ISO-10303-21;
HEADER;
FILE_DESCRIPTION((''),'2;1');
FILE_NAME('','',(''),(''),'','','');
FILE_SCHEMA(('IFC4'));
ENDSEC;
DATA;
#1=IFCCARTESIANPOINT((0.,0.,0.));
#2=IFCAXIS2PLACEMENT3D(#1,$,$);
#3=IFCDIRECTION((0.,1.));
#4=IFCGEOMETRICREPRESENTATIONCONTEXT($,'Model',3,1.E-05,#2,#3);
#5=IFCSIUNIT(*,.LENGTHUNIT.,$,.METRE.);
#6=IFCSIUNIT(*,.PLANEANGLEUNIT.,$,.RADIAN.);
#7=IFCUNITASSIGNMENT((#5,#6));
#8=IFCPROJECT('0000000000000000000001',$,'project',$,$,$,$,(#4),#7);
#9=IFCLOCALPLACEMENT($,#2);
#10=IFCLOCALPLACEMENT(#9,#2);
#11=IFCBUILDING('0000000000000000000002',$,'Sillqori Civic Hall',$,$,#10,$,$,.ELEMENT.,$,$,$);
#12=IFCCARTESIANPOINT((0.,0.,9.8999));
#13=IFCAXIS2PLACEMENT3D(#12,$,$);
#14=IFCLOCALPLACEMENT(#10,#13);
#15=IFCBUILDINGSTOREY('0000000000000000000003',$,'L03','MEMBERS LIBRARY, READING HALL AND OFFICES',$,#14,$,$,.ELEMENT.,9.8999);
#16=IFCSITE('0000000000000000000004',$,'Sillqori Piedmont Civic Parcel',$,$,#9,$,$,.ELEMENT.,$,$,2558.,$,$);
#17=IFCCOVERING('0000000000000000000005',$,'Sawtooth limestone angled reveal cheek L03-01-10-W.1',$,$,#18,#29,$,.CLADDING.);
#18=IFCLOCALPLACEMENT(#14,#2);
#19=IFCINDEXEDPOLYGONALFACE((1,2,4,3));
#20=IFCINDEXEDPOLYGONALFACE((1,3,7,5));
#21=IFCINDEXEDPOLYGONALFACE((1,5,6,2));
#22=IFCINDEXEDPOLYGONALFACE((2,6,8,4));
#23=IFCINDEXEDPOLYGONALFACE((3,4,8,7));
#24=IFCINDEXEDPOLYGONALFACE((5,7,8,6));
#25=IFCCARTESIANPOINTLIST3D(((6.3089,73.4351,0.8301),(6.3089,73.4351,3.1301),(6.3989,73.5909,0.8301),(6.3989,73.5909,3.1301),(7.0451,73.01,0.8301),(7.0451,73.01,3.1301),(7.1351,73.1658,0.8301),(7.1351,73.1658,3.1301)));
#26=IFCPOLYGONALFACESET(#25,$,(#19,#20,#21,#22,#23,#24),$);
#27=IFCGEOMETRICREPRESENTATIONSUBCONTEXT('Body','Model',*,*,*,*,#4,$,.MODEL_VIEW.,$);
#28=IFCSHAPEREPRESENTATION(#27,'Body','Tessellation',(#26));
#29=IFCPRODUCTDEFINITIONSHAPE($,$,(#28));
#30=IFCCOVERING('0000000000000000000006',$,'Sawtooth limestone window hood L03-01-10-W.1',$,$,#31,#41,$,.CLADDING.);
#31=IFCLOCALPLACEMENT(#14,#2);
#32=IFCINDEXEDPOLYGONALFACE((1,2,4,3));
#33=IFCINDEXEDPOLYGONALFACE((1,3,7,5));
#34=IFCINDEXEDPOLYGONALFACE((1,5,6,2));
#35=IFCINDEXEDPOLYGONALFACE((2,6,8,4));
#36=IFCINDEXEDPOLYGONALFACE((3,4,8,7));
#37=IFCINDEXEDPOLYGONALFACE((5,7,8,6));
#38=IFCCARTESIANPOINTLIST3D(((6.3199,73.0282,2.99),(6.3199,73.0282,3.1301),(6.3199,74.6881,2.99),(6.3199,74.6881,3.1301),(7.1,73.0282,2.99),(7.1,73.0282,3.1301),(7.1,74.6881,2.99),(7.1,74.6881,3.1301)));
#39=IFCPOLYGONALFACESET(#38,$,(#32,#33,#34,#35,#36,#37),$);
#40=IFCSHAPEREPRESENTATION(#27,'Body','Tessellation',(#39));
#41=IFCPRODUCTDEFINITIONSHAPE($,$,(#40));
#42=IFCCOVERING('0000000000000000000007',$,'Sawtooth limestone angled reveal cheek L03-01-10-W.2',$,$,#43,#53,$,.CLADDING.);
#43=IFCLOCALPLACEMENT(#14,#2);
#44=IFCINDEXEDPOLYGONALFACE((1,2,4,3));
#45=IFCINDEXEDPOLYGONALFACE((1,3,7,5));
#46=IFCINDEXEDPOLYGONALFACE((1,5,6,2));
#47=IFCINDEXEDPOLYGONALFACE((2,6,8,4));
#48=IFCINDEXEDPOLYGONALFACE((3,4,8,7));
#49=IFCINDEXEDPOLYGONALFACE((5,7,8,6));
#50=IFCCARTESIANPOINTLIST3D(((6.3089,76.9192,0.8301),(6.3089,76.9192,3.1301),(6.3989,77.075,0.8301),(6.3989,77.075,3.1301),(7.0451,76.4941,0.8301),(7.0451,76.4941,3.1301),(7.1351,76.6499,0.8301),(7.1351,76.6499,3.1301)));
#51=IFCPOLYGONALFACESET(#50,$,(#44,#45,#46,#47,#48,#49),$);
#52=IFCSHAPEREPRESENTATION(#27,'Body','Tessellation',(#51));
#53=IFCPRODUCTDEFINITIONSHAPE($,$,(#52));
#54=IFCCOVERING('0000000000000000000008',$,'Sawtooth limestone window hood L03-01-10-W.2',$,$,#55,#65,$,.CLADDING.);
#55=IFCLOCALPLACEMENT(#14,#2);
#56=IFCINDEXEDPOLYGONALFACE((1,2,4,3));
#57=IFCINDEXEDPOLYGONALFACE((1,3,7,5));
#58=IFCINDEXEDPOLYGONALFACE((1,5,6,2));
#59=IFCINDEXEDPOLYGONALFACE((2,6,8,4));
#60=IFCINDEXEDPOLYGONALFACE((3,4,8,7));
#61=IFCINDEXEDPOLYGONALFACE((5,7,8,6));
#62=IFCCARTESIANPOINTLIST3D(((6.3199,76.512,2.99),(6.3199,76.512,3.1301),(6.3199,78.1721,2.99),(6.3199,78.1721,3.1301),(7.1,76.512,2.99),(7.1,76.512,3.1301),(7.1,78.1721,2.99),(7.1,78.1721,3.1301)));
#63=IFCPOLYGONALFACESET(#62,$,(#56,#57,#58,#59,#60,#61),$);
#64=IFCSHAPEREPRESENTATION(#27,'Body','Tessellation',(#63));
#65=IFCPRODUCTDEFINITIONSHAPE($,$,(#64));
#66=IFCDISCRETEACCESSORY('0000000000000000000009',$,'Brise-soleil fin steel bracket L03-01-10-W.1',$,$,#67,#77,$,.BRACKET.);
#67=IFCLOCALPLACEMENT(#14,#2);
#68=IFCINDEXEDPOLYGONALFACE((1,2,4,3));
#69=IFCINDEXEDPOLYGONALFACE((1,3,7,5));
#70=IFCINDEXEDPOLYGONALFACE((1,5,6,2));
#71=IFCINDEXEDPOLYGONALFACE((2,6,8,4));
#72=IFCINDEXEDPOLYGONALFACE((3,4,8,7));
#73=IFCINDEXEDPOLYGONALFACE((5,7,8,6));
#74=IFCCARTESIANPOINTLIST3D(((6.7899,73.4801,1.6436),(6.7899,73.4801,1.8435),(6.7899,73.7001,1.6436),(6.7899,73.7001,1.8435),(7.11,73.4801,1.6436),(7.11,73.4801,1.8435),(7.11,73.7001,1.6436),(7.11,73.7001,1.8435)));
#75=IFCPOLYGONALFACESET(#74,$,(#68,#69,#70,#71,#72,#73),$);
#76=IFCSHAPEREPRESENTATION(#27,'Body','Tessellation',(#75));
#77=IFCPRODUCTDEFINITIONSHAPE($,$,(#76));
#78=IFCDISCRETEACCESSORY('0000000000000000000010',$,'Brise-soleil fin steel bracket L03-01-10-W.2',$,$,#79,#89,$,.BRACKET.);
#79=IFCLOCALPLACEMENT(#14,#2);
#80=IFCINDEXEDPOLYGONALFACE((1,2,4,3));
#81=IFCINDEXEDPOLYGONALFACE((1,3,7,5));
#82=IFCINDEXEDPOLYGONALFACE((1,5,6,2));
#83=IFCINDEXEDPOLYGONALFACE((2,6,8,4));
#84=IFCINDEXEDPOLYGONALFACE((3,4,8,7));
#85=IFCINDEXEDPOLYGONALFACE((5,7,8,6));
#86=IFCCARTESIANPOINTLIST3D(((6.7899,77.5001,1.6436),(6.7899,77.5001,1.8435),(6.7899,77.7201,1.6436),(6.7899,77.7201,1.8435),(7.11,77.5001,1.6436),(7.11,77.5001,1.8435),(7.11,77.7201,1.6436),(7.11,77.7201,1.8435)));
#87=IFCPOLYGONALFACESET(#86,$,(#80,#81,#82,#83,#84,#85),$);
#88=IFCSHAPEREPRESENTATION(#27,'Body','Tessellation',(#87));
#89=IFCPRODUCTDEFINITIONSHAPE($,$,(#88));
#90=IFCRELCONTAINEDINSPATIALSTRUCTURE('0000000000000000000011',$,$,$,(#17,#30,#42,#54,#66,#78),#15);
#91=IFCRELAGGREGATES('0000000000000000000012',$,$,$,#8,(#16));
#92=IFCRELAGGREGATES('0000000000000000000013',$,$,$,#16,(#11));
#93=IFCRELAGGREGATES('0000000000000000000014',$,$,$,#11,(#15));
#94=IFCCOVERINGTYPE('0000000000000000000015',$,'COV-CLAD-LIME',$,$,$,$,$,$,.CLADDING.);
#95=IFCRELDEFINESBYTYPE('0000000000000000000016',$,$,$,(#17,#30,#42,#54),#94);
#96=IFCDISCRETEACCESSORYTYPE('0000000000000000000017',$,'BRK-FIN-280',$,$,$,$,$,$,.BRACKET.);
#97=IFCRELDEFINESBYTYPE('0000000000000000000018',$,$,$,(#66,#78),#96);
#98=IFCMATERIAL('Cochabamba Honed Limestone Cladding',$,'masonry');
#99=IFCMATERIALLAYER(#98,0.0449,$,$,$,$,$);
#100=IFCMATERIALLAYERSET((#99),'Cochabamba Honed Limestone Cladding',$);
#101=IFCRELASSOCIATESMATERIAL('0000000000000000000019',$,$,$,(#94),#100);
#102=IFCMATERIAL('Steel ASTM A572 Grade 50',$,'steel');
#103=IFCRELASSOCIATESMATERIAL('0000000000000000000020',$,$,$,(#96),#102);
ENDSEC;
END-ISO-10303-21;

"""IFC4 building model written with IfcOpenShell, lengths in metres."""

from ifc_helpers import new_model, si_unit, direction, frame, frame_2d, origin, origin_2d, place, context, subcontext, project, spatial, rectangle, extrude, material, layer, layer_set, type_object, element, save


model = new_model("IFC4")

# Units and contexts
model_context = context("Model", 3, precision=1e-05, world=origin(), true_north=direction((0.0, 1.0)))
body_context = subcontext(model_context, "Body", "Model", "MODEL_VIEW")
ifc_project = project(units=[si_unit("LENGTHUNIT", "METRE"), si_unit("PLANEANGLEUNIT", "RADIAN")], contexts=[model_context])

# Site, building, storey
site_placement = place(None, origin())
site = spatial("IfcSite", under=ifc_project, at=site_placement, Name="Sillqori Piedmont Civic Parcel", CompositionType="ELEMENT", RefElevation=2558.0)
building_placement = place(site_placement, origin())
building = spatial("IfcBuilding", under=site, at=building_placement, Name="Sillqori Civic Hall", CompositionType="ELEMENT")
storey_placement = place(building_placement, frame((0.0, 0.0, 9.8999)))
storey = spatial("IfcBuildingStorey", under=building, at=storey_placement, Name="L03", Description="MEMBERS LIBRARY, READING HALL AND OFFICES", CompositionType="ELEMENT", Elevation=9.8999)

# Coverings
ifc_material_1 = material(Name="Cochabamba Honed Limestone Cladding", Category="masonry")
ifc_layer_1 = layer(ifc_material_1, 0.0449)
ifc_layer_set_1 = layer_set([ifc_layer_1], Name="Cochabamba Honed Limestone Cladding")
covering_type = type_object("IfcCoveringType", Name="COV-CLAD-LIME", PredefinedType="CLADDING", material=ifc_layer_set_1)
covering_1_placement = place(storey_placement, frame((7.0901, 73.0879, 0.8301), z_axis=(0.0, 0.0, 1.0), x_axis=(-0.865989, 0.500062, 0.0)))
element("IfcCovering", 1, at=covering_1_placement, inside=storey, type_object=covering_type, Name="Sawtooth limestone angled reveal cheek L03-01-10-W.1", PredefinedType="CLADDING", context=body_context, shape_type="SweptSolid", body=[
    extrude(rectangle(XDim=0.8501, YDim=0.1799, at=frame_2d((0.425, 0.0))), origin(), (0.0, 0.0, 1.0), 2.3),
])
covering_2_placement = place(storey_placement, frame((6.71, 73.0281, 2.99), z_axis=(0.0, 0.0, 1.0), x_axis=(0.0, 1.0, 0.0)))
element("IfcCovering", 2, at=covering_2_placement, inside=storey, type_object=covering_type, Name="Sawtooth limestone window hood L03-01-10-W.1", PredefinedType="CLADDING", context=body_context, shape_type="SweptSolid", body=[
    extrude(rectangle(XDim=1.6599, YDim=0.78, at=frame_2d((0.8301, 0.0))), origin(), (0.0, 0.0, 1.0), 0.1401),
])
covering_3_placement = place(storey_placement, frame((7.0901, 76.572, 0.8301), z_axis=(0.0, 0.0, 1.0), x_axis=(-0.865989, 0.500062, 0.0)))
element("IfcCovering", 3, at=covering_3_placement, inside=storey, type_object=covering_type, Name="Sawtooth limestone angled reveal cheek L03-01-10-W.2", PredefinedType="CLADDING", context=body_context, shape_type="SweptSolid", body=[
    extrude(rectangle(XDim=0.8501, YDim=0.1799, at=frame_2d((0.425, 0.0))), origin(), (0.0, 0.0, 1.0), 2.3),
])
covering_4_placement = place(storey_placement, frame((6.71, 76.512, 2.99), z_axis=(0.0, 0.0, 1.0), x_axis=(0.0, 1.0, 0.0)))
element("IfcCovering", 4, at=covering_4_placement, inside=storey, type_object=covering_type, Name="Sawtooth limestone window hood L03-01-10-W.2", PredefinedType="CLADDING", context=body_context, shape_type="SweptSolid", body=[
    extrude(rectangle(XDim=1.6602, YDim=0.78, at=frame_2d((0.8301, 0.0))), origin(), (0.0, 0.0, 1.0), 0.1401),
])

# Discrete accessories
ifc_material_2 = material(Name="Steel ASTM A572 Grade 50", Category="steel")
discrete_accessory_type = type_object("IfcDiscreteAccessoryType", Name="BRK-FIN-280", PredefinedType="BRACKET", material=ifc_material_2)
for number, where, z_axis, x_axis, name in (
    (5, (6.95, 73.5901, 1.6436), (0.0, 0.0, 1.0), (0.0, 1.0, 0.0), "Brise-soleil fin steel bracket L03-01-10-W.1"),
    (6, (6.95, 77.6101, 1.6436), (0.0, 0.0, 1.0), (0.0, 1.0, 0.0), "Brise-soleil fin steel bracket L03-01-10-W.2"),
):
    element("IfcDiscreteAccessory", number, at=place(storey_placement, frame(where, z_axis=z_axis, x_axis=x_axis)), inside=storey, type_object=discrete_accessory_type, Name=name, PredefinedType="BRACKET", context=body_context, shape_type="SweptSolid", body=[
        extrude(rectangle(XDim=0.22, YDim=0.3201, at=origin_2d()), origin(), (0.0, 0.0, 1.0), 0.2),
    ])

save(model, "model.ifc")
